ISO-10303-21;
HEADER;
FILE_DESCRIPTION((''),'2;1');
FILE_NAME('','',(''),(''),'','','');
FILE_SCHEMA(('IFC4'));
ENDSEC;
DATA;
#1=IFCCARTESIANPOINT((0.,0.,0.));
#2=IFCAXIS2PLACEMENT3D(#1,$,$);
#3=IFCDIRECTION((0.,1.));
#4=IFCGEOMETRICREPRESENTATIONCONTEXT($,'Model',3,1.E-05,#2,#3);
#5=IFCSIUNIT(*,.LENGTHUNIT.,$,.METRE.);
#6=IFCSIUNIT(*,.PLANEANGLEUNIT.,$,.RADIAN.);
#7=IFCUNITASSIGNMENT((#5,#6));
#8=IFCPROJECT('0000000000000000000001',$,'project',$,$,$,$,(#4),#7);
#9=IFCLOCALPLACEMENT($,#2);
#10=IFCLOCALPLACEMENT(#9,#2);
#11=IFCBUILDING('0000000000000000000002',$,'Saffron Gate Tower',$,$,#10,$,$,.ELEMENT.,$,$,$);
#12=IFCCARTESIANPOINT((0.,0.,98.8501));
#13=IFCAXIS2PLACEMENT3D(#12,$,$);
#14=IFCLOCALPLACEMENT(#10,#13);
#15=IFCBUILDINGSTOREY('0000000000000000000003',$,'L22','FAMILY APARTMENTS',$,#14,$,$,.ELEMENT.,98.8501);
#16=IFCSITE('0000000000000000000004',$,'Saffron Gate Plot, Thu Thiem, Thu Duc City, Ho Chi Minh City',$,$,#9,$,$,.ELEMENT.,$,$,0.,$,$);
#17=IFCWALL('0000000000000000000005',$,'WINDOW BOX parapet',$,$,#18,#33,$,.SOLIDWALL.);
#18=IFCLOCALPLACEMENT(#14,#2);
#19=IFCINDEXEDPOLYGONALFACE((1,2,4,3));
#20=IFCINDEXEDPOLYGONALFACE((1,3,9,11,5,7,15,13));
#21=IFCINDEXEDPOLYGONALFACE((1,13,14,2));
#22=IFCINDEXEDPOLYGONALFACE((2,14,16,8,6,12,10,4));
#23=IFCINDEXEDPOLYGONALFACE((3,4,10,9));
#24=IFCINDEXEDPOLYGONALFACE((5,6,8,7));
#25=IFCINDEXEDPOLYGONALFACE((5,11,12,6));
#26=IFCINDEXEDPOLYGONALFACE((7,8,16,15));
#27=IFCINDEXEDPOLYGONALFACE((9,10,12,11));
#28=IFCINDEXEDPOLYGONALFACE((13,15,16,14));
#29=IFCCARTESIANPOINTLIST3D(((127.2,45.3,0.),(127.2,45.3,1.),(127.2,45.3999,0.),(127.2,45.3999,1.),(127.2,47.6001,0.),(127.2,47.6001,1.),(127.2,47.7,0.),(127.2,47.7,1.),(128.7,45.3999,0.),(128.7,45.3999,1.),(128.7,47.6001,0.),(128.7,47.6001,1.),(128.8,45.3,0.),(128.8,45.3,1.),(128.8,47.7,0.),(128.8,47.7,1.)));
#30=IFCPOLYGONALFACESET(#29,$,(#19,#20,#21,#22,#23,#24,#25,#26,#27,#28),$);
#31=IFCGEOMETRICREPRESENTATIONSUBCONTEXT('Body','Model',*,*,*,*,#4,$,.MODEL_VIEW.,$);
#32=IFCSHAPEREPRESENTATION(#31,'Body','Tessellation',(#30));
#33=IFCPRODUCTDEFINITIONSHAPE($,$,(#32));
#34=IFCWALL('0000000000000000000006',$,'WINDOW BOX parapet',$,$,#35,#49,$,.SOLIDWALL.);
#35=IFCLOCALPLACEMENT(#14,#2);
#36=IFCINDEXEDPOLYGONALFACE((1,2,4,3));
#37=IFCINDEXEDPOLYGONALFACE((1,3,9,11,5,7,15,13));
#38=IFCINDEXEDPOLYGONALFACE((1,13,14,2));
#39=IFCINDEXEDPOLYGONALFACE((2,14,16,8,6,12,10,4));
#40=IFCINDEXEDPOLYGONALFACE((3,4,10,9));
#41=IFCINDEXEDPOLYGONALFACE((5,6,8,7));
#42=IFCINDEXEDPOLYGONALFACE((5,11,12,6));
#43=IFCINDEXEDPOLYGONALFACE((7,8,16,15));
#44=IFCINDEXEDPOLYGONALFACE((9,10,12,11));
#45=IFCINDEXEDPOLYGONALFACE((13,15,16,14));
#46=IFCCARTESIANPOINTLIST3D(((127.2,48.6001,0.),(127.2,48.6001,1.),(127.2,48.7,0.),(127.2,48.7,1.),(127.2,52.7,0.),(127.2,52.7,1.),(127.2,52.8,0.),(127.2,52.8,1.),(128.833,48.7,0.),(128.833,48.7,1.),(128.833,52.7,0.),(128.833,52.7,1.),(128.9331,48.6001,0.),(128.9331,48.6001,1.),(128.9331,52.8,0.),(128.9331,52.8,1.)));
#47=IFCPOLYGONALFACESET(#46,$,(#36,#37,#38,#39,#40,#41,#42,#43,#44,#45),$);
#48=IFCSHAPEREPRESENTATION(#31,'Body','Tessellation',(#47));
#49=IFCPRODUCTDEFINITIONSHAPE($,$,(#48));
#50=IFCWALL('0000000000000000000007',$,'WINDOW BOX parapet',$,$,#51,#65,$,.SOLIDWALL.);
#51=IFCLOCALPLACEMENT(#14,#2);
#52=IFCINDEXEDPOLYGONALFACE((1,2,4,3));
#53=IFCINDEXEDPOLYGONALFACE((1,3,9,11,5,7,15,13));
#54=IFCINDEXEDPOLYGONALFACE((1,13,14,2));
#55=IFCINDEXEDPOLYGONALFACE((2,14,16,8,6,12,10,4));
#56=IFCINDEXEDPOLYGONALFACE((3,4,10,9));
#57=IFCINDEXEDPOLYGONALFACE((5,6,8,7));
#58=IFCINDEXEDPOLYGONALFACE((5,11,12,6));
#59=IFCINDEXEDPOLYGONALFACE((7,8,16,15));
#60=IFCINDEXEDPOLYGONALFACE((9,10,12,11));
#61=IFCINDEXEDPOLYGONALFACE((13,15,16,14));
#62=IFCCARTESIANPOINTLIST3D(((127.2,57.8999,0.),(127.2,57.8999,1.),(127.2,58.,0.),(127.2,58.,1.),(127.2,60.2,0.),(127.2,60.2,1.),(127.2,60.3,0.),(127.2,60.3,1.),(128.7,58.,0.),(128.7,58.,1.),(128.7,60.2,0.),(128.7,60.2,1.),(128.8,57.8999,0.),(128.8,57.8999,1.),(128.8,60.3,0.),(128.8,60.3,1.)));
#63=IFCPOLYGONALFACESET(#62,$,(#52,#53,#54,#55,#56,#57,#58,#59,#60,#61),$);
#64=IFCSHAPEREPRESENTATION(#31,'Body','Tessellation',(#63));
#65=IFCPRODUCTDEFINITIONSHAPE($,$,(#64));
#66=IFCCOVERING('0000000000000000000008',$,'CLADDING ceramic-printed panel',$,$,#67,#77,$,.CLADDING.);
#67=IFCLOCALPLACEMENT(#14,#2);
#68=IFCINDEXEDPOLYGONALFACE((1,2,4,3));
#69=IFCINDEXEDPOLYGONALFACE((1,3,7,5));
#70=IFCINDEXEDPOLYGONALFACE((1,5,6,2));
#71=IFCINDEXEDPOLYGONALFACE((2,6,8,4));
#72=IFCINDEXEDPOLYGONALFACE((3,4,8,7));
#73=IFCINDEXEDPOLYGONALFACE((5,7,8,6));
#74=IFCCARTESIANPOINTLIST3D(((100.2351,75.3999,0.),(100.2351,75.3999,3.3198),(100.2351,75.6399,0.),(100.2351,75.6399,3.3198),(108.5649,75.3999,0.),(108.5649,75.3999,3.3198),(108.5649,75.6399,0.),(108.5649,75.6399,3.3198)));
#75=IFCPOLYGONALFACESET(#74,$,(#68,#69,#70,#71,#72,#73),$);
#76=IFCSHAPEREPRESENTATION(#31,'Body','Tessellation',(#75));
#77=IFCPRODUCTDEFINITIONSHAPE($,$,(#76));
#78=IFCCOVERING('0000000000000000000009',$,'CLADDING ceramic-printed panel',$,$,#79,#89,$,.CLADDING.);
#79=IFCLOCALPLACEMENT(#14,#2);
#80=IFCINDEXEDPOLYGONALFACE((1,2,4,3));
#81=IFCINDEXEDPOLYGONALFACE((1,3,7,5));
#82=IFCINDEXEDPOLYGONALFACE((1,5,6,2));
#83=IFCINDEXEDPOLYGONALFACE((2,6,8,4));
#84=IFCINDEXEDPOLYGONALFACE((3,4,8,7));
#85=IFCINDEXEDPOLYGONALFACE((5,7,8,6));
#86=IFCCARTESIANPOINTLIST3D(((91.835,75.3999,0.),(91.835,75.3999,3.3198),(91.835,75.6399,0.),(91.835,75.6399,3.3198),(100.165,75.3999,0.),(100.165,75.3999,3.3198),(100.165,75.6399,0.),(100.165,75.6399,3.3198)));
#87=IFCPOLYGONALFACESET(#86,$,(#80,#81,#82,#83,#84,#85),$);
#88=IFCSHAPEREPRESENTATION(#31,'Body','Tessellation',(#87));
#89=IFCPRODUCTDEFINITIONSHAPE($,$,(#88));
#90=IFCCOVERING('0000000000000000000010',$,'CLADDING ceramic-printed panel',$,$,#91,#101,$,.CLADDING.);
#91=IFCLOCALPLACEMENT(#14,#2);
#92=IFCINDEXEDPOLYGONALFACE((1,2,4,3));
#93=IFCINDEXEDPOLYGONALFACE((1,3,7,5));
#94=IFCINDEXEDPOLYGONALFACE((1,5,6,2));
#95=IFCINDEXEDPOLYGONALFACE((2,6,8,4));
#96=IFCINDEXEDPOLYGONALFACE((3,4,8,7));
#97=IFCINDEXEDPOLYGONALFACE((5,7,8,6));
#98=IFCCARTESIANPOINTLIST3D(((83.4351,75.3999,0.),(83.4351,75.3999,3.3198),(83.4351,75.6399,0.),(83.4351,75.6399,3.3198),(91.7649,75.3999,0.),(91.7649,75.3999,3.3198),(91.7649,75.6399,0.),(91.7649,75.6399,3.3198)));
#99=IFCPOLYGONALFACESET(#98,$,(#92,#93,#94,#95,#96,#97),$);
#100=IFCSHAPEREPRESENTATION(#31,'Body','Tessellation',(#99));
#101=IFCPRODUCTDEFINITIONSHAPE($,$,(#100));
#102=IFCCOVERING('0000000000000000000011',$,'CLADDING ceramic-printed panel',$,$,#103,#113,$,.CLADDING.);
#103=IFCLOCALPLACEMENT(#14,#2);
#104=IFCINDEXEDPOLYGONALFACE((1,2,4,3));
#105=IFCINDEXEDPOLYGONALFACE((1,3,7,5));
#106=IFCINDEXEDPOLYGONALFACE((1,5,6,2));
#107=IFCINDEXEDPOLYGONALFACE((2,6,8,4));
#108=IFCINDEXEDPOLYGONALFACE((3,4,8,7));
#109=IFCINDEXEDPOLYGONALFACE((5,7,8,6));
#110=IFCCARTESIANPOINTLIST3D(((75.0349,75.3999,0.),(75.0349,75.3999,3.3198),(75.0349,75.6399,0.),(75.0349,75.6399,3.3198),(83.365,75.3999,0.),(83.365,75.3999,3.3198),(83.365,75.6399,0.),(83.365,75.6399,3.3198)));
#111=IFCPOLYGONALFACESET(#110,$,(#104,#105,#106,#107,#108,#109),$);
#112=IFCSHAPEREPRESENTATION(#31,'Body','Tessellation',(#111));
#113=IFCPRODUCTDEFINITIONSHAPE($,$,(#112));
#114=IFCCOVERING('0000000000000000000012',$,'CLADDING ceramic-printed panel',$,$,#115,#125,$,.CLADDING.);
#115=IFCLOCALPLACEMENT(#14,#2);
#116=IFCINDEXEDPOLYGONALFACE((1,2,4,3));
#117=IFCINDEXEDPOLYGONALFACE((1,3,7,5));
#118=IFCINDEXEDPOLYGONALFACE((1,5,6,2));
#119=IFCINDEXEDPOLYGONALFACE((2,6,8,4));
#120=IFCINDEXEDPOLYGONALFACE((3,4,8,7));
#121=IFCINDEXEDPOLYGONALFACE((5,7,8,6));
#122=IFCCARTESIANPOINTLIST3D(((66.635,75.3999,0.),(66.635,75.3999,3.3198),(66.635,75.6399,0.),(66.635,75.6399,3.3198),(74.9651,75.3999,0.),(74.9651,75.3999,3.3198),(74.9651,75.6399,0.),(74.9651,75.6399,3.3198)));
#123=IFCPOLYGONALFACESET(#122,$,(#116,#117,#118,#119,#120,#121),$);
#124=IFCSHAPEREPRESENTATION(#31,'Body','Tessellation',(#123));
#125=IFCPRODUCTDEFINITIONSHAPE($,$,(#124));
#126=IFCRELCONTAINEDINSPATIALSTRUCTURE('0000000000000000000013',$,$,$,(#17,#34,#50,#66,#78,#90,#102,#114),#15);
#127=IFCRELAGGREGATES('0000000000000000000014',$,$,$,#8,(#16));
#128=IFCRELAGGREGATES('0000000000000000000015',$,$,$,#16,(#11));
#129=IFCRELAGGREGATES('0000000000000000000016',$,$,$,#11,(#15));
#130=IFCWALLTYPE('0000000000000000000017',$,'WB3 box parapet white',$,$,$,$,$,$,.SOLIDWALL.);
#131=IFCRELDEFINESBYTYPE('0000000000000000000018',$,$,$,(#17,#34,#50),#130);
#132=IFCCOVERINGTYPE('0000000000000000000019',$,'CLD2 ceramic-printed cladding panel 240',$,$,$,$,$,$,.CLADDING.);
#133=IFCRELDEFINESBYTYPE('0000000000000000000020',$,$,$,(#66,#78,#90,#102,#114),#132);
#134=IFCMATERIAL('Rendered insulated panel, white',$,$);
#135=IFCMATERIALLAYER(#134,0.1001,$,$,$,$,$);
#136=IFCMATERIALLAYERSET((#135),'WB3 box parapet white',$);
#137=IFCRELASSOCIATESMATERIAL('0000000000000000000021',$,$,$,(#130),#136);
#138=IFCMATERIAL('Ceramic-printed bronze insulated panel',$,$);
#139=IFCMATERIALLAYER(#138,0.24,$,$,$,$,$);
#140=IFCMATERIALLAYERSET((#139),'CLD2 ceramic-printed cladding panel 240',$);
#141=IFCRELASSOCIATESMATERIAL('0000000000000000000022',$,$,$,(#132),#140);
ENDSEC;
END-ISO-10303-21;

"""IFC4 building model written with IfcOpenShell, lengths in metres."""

from ifc_helpers import new_model, si_unit, direction, frame, origin, place, context, subcontext, project, spatial, polyline, outline, extrude, material, layer, layer_set, type_object, element, save


model = new_model("IFC4")

# Units and contexts
model_context = context("Model", 3, precision=1e-05, world=origin(), true_north=direction((0.0, 1.0)))
body_context = subcontext(model_context, "Body", "Model", "MODEL_VIEW")
ifc_project = project(units=[si_unit("LENGTHUNIT", "METRE"), si_unit("PLANEANGLEUNIT", "RADIAN")], contexts=[model_context])

# Site, building, storey
site_placement = place(None, origin())
site = spatial("IfcSite", under=ifc_project, at=site_placement, Name="Saffron Gate Plot, Thu Thiem, Thu Duc City, Ho Chi Minh City", CompositionType="ELEMENT", RefElevation=0.0)
building_placement = place(site_placement, origin())
building = spatial("IfcBuilding", under=site, at=building_placement, Name="Saffron Gate Tower", CompositionType="ELEMENT")
storey_placement = place(building_placement, frame((0.0, 0.0, 98.8501)))
storey = spatial("IfcBuildingStorey", under=building, at=storey_placement, Name="L22", Description="FAMILY APARTMENTS", CompositionType="ELEMENT", Elevation=98.8501)

# Walls
ifc_material_1 = material(Name="Rendered insulated panel, white")
ifc_layer_1 = layer(ifc_material_1, 0.1001)
ifc_layer_set_1 = layer_set([ifc_layer_1], Name="WB3 box parapet white")
wall_type = type_object("IfcWallType", Name="WB3 box parapet white", PredefinedType="SOLIDWALL", material=ifc_layer_set_1)
wall_1_placement = place(storey_placement, origin())
element("IfcWall", 1, at=wall_1_placement, inside=storey, type_object=wall_type, Name="WINDOW BOX parapet", PredefinedType="SOLIDWALL", context=body_context, shape_type="SweptSolid", body=[
    extrude(outline(polyline([(127.2, 45.3), (127.2, 45.3999), (128.7, 45.3999), (128.7, 47.6001), (127.2, 47.6001), (127.2, 47.7), (128.8, 47.7), (128.8, 45.3), (127.2, 45.3)])), origin(), (0.0, 0.0, 1.0), 1.0),
])
wall_2_placement = place(storey_placement, origin())
element("IfcWall", 2, at=wall_2_placement, inside=storey, type_object=wall_type, Name="WINDOW BOX parapet", PredefinedType="SOLIDWALL", context=body_context, shape_type="SweptSolid", body=[
    extrude(outline(polyline([(127.2, 48.6001), (127.2, 48.7), (128.833, 48.7), (128.833, 52.7), (127.2, 52.7), (127.2, 52.8), (128.9331, 52.8), (128.9331, 48.6001), (127.2, 48.6001)])), origin(), (0.0, 0.0, 1.0), 1.0),
])
wall_3_placement = place(storey_placement, origin())
element("IfcWall", 3, at=wall_3_placement, inside=storey, type_object=wall_type, Name="WINDOW BOX parapet", PredefinedType="SOLIDWALL", context=body_context, shape_type="SweptSolid", body=[
    extrude(outline(polyline([(127.2, 57.8999), (127.2, 58.0), (128.7, 58.0), (128.7, 60.2), (127.2, 60.2), (127.2, 60.3), (128.8, 60.3), (128.8, 57.8999), (127.2, 57.8999)])), origin(), (0.0, 0.0, 1.0), 1.0),
])

# Coverings
ifc_material_2 = material(Name="Ceramic-printed bronze insulated panel")
ifc_layer_2 = layer(ifc_material_2, 0.24)
ifc_layer_set_2 = layer_set([ifc_layer_2], Name="CLD2 ceramic-printed cladding panel 240")
covering_type = type_object("IfcCoveringType", Name="CLD2 ceramic-printed cladding panel 240", PredefinedType="CLADDING", material=ifc_layer_set_2)
covering_1_placement = place(storey_placement, origin())
element("IfcCovering", 4, at=covering_1_placement, inside=storey, type_object=covering_type, Name="CLADDING ceramic-printed panel", PredefinedType="CLADDING", context=body_context, shape_type="SweptSolid", body=[
    extrude(outline(polyline([(108.5649, 75.6399), (100.2351, 75.6399), (100.2351, 75.3999), (108.5649, 75.3999), (108.5649, 75.6399)])), origin(), (0.0, 0.0, 1.0), 3.3198),
])
covering_2_placement = place(storey_placement, origin())
element("IfcCovering", 5, at=covering_2_placement, inside=storey, type_object=covering_type, Name="CLADDING ceramic-printed panel", PredefinedType="CLADDING", context=body_context, shape_type="SweptSolid", body=[
    extrude(outline(polyline([(100.165, 75.6399), (91.835, 75.6399), (91.835, 75.3999), (100.165, 75.3999), (100.165, 75.6399)])), origin(), (0.0, 0.0, 1.0), 3.3198),
])
covering_3_placement = place(storey_placement, origin())
element("IfcCovering", 6, at=covering_3_placement, inside=storey, type_object=covering_type, Name="CLADDING ceramic-printed panel", PredefinedType="CLADDING", context=body_context, shape_type="SweptSolid", body=[
    extrude(outline(polyline([(91.7649, 75.6399), (83.4351, 75.6399), (83.4351, 75.3999), (91.7649, 75.3999), (91.7649, 75.6399)])), origin(), (0.0, 0.0, 1.0), 3.3198),
])
covering_4_placement = place(storey_placement, origin())
element("IfcCovering", 7, at=covering_4_placement, inside=storey, type_object=covering_type, Name="CLADDING ceramic-printed panel", PredefinedType="CLADDING", context=body_context, shape_type="SweptSolid", body=[
    extrude(outline(polyline([(83.365, 75.6399), (75.0349, 75.6399), (75.0349, 75.3999), (83.365, 75.3999), (83.365, 75.6399)])), origin(), (0.0, 0.0, 1.0), 3.3198),
])
covering_5_placement = place(storey_placement, origin())
element("IfcCovering", 8, at=covering_5_placement, inside=storey, type_object=covering_type, Name="CLADDING ceramic-printed panel", PredefinedType="CLADDING", context=body_context, shape_type="SweptSolid", body=[
    extrude(outline(polyline([(74.9651, 75.6399), (66.635, 75.6399), (66.635, 75.3999), (74.9651, 75.3999), (74.9651, 75.6399)])), origin(), (0.0, 0.0, 1.0), 3.3198),
])

save(model, "model.ifc")
